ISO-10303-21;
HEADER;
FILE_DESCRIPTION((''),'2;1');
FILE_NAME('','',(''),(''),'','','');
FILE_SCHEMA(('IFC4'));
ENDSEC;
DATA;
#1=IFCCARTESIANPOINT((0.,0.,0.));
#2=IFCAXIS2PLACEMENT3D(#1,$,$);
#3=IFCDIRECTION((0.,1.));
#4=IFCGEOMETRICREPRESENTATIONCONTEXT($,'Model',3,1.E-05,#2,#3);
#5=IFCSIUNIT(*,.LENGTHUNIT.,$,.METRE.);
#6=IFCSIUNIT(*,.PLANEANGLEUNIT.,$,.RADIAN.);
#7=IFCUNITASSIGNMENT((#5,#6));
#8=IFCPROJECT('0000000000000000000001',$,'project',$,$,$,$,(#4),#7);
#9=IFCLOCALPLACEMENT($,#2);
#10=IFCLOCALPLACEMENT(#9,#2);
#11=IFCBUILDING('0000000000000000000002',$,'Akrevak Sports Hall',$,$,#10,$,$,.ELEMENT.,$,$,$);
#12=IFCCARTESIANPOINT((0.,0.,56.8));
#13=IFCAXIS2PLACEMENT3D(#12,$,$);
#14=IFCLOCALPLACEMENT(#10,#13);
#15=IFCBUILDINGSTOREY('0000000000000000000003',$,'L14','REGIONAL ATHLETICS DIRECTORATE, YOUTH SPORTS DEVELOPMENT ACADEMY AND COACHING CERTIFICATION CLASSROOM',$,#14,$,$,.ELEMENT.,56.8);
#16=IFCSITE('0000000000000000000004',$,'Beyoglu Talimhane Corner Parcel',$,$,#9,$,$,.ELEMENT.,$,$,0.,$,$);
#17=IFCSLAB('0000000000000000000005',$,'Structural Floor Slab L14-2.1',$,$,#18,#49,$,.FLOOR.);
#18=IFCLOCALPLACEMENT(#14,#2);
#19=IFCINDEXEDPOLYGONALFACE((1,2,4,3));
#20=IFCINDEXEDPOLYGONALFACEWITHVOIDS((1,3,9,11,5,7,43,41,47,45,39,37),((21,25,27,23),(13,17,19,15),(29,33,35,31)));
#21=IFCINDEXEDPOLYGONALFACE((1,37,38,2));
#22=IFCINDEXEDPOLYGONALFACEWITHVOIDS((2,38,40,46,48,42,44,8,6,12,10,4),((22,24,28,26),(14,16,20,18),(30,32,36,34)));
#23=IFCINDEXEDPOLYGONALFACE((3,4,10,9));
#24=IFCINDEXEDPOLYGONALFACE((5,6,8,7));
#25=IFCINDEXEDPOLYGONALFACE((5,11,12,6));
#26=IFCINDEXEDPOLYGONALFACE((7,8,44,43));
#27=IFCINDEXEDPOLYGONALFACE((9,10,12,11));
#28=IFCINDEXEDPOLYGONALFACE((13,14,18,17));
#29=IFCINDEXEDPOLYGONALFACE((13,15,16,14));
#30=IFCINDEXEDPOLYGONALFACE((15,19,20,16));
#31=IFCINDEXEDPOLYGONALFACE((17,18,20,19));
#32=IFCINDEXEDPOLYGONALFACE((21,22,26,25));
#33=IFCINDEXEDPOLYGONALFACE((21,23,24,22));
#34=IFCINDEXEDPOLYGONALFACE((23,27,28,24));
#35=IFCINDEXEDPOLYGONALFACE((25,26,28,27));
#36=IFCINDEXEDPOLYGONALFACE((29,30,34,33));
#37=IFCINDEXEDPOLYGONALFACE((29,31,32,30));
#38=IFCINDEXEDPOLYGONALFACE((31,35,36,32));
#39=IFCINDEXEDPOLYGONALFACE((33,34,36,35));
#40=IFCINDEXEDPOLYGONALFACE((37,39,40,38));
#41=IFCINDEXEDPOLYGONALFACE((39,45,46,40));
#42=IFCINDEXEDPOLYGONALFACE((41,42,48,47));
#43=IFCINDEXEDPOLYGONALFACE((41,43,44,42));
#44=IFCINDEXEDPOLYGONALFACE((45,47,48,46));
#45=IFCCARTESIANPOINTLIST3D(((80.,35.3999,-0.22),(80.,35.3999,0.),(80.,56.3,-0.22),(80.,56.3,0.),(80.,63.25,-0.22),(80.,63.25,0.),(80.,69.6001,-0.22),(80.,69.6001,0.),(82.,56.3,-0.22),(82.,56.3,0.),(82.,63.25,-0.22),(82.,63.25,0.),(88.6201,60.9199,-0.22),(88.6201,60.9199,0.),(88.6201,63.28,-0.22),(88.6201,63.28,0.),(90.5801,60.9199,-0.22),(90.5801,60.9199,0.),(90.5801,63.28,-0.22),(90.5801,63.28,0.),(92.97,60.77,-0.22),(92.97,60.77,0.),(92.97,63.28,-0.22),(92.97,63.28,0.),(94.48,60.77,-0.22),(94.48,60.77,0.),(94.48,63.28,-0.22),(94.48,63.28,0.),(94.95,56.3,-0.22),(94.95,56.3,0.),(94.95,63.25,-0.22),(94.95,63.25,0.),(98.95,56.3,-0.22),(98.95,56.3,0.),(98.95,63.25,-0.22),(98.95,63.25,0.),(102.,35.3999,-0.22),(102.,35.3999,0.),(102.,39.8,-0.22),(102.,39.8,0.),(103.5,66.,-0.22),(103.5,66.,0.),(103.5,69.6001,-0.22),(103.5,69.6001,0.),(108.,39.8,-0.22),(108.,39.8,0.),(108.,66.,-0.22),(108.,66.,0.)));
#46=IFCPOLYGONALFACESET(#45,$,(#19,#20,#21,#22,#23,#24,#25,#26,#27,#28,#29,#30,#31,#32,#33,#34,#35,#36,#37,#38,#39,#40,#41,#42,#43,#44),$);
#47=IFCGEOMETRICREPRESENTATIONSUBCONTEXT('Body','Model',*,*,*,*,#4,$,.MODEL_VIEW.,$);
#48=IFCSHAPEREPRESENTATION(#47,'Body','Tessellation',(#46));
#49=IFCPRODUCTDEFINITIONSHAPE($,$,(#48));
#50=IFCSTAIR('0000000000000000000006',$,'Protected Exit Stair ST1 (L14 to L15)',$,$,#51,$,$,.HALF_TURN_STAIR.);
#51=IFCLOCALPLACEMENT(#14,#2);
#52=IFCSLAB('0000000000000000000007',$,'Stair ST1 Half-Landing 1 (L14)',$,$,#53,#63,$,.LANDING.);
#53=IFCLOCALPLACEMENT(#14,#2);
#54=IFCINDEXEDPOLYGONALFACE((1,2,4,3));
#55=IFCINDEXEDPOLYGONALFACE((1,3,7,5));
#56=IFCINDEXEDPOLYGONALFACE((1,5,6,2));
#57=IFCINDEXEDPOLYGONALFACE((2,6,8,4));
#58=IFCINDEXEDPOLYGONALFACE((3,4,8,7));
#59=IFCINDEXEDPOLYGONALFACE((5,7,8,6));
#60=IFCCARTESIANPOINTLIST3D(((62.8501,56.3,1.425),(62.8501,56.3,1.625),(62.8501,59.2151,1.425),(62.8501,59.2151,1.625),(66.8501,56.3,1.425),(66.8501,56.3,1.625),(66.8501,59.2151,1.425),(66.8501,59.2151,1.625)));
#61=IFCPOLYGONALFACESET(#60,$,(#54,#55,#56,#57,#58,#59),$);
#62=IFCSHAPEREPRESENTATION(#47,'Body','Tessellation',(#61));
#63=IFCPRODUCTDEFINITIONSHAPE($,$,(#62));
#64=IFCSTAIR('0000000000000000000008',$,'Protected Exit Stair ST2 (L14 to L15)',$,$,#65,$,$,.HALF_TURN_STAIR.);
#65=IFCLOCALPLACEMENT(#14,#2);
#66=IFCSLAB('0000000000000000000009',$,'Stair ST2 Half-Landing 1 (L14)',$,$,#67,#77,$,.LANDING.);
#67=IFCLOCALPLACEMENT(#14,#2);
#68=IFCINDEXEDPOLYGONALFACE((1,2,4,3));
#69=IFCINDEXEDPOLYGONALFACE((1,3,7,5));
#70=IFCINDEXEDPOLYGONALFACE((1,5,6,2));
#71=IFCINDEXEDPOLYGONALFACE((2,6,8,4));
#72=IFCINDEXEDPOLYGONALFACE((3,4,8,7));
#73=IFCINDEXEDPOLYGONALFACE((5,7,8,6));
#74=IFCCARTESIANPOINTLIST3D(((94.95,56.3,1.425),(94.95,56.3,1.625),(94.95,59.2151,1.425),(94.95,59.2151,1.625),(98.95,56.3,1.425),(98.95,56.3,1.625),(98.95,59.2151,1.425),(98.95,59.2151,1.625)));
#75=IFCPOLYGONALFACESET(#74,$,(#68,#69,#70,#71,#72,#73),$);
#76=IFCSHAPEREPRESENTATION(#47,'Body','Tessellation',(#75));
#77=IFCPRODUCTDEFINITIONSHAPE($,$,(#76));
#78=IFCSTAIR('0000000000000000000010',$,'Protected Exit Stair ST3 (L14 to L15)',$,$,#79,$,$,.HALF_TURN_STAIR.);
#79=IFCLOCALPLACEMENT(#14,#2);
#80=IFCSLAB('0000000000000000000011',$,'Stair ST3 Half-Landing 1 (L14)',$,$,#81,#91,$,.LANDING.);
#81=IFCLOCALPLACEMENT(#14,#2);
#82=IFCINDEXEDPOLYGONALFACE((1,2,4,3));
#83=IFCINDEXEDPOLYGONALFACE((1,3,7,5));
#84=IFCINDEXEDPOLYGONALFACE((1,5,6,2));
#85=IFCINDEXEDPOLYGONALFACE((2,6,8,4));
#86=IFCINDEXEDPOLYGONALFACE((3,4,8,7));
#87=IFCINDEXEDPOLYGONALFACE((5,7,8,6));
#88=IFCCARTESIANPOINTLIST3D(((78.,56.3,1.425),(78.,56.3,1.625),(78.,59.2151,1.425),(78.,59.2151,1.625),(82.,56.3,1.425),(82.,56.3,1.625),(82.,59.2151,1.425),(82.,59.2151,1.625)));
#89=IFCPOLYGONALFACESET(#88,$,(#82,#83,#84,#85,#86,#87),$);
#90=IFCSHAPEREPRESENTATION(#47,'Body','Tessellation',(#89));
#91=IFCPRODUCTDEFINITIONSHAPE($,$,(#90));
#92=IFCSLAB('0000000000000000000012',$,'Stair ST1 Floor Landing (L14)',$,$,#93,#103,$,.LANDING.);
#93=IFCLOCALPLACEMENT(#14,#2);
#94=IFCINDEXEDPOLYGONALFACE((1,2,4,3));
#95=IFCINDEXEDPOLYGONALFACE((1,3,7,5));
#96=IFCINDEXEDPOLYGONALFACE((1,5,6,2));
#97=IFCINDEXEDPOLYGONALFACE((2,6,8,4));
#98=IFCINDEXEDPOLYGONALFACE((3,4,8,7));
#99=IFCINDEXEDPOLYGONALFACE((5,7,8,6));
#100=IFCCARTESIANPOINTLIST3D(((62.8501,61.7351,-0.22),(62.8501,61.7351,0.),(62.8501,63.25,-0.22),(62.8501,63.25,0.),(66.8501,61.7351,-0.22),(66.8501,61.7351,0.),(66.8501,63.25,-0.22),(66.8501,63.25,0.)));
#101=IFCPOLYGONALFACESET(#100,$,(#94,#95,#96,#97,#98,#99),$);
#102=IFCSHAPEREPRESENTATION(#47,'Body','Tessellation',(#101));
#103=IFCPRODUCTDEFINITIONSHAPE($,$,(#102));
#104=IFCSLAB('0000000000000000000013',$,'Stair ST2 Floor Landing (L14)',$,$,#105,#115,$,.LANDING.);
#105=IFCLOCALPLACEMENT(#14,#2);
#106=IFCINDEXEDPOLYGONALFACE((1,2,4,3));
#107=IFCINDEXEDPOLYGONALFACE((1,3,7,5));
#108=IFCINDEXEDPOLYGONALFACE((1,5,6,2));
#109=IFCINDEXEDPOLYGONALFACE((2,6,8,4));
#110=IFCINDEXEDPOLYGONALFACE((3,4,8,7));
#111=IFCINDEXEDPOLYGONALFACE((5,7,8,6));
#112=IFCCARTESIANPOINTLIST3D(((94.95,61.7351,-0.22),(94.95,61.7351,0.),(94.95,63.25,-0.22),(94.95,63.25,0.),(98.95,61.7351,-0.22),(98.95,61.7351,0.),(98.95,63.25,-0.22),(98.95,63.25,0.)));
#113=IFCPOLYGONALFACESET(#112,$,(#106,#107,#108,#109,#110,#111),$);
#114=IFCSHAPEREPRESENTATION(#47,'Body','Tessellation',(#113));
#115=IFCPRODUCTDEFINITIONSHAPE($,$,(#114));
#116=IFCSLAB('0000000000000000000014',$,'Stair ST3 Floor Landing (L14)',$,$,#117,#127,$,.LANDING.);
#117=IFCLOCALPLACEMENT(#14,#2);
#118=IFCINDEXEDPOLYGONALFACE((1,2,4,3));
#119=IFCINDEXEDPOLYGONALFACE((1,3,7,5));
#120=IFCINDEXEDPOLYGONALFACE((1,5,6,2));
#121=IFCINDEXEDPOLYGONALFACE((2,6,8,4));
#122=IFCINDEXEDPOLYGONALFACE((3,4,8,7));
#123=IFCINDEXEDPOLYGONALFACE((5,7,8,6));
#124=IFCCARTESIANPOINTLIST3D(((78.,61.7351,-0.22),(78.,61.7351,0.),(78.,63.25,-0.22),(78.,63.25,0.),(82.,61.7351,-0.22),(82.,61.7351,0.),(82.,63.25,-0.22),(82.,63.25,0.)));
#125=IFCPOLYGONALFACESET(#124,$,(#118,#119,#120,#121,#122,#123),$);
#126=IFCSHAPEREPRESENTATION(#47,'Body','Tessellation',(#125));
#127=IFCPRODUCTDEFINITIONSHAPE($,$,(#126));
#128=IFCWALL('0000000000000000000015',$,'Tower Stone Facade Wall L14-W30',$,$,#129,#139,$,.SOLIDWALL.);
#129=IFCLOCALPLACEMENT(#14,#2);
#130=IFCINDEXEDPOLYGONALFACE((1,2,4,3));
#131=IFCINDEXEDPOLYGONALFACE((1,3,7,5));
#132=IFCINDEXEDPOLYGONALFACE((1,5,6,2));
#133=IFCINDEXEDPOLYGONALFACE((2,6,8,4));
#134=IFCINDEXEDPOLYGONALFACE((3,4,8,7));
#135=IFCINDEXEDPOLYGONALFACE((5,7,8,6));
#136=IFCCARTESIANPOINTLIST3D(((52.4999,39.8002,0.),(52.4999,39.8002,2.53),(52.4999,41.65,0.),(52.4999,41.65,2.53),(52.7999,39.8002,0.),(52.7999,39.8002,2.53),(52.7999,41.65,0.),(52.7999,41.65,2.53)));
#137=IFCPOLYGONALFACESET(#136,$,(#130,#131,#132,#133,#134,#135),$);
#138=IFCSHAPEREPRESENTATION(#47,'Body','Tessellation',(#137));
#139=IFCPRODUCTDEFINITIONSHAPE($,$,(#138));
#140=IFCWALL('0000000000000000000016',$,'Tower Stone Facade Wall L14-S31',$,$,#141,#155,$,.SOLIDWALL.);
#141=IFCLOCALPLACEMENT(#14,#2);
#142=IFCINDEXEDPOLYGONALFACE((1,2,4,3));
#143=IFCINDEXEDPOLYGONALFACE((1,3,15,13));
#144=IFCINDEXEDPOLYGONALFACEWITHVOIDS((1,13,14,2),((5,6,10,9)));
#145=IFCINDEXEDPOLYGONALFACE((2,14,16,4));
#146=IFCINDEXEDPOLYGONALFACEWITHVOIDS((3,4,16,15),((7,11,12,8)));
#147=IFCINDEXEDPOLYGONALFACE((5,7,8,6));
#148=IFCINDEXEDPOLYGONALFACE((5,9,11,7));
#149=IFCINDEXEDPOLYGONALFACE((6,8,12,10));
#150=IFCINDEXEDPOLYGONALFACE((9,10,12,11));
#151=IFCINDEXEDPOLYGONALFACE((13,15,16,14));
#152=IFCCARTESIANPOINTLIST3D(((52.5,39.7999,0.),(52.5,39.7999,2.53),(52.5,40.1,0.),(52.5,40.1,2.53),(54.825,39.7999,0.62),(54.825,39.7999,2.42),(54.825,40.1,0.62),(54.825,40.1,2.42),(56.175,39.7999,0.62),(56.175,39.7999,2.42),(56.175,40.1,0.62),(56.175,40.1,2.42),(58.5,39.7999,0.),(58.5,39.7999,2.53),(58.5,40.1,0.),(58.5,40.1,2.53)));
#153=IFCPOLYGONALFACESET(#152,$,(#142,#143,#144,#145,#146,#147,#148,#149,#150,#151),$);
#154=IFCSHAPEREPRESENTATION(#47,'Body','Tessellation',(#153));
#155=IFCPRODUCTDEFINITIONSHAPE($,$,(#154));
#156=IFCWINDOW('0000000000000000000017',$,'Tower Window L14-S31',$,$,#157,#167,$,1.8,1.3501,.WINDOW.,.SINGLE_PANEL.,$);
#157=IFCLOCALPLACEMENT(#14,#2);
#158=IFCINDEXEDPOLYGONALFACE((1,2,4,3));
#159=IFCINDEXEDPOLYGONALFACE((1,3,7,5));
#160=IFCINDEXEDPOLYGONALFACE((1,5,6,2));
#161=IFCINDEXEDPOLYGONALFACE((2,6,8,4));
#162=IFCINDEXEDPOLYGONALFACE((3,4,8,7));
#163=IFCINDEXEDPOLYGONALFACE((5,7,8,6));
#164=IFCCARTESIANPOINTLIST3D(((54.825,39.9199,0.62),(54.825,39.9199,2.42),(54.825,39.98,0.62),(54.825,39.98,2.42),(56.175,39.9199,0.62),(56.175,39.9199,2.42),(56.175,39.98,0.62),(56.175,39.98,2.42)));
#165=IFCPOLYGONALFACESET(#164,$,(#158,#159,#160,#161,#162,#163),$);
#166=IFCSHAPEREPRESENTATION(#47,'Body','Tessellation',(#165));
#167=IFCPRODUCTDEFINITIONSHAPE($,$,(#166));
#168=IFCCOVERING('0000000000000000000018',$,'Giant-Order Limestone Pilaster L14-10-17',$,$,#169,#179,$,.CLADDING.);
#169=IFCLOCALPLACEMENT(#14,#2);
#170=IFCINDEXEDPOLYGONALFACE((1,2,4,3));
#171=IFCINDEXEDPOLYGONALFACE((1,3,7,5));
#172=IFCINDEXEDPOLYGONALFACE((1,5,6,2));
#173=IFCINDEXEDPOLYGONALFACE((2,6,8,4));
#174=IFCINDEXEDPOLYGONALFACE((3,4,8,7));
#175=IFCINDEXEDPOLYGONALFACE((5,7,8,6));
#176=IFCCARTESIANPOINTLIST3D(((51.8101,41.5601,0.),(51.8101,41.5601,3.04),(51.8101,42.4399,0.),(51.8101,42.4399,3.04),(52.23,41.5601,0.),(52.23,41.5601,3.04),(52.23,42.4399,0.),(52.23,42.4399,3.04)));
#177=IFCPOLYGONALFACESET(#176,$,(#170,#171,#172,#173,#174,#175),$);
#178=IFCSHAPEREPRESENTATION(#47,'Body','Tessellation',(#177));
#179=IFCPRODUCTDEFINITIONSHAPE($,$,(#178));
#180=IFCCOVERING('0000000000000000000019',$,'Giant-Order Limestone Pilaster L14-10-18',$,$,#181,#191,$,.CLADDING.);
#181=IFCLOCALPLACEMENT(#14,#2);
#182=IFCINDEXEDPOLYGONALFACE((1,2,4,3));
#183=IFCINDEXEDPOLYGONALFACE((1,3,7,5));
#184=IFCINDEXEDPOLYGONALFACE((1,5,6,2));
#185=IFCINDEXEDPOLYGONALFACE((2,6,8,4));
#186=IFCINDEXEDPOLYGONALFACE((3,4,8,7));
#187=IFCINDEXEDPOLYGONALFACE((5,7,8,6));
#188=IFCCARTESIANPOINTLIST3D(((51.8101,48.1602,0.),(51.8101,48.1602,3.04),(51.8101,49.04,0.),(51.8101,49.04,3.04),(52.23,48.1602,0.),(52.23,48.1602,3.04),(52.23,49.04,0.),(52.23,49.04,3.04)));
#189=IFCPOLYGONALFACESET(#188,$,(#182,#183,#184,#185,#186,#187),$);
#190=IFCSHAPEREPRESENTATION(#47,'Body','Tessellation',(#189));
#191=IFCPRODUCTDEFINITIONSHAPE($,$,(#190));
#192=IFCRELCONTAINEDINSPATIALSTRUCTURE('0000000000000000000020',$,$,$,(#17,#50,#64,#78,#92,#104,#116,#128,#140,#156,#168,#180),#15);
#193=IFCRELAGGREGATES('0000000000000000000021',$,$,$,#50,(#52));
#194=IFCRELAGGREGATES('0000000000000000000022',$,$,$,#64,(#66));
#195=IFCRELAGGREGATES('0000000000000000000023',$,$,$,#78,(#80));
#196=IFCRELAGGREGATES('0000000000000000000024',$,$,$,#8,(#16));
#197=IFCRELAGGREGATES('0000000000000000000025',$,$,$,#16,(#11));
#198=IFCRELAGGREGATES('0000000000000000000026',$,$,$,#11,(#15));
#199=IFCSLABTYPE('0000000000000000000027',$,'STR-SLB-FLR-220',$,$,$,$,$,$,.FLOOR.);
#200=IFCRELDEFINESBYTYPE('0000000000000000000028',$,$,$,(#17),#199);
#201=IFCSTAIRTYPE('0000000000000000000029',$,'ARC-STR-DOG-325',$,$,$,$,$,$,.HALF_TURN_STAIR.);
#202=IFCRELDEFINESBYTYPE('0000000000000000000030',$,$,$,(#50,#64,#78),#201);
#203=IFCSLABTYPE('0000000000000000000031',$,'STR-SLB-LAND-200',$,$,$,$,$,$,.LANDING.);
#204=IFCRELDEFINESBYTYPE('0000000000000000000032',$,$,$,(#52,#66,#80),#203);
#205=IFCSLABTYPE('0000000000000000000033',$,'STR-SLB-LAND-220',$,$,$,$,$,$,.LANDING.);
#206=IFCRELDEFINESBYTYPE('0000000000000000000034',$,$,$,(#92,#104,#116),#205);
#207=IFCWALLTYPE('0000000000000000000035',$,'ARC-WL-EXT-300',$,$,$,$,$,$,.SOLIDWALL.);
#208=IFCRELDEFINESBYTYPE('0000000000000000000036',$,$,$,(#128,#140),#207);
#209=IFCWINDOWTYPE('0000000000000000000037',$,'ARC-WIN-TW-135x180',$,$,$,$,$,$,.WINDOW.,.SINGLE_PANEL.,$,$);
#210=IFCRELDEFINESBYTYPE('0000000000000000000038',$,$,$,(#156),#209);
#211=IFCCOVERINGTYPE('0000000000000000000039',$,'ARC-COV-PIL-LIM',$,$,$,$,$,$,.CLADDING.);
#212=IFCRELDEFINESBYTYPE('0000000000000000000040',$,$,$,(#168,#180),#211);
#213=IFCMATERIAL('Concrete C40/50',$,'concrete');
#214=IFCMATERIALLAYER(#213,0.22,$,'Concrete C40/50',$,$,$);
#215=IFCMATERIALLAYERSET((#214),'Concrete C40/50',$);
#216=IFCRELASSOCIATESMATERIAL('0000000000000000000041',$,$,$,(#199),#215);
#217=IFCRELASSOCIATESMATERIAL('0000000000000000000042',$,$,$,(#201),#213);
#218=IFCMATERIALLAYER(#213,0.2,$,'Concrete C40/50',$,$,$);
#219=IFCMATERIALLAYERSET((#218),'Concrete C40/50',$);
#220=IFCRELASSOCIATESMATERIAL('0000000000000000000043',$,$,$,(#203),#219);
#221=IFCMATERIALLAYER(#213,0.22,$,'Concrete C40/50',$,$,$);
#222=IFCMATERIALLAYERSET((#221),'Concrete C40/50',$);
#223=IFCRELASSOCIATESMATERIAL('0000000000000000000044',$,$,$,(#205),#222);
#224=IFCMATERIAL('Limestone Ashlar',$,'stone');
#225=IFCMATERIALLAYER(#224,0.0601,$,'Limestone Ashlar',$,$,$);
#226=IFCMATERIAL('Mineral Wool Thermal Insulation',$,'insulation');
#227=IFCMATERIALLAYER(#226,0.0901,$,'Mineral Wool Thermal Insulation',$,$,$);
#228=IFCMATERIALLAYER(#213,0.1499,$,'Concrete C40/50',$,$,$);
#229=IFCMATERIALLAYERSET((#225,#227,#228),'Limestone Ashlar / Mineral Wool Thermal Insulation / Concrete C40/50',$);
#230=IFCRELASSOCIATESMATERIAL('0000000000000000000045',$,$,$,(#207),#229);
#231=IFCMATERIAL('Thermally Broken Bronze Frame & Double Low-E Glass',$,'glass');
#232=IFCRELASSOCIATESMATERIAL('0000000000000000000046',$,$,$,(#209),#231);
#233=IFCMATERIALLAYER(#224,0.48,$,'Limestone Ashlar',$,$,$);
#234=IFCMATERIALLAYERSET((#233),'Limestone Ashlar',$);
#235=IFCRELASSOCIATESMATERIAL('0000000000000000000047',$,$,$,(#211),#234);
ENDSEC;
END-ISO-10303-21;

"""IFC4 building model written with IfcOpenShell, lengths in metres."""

from ifc_helpers import new_model, si_unit, direction, frame, frame_2d, origin, origin_2d, place, context, subcontext, project, spatial, polyline, rectangle, outline, extrude, material, layer, layer_set, type_object, element, fill, aggregate, save


model = new_model("IFC4")

# Units and contexts
model_context = context("Model", 3, precision=1e-05, world=origin(), true_north=direction((0.0, 1.0)))
body_context = subcontext(model_context, "Body", "Model", "MODEL_VIEW")
ifc_project = project(units=[si_unit("LENGTHUNIT", "METRE"), si_unit("PLANEANGLEUNIT", "RADIAN")], contexts=[model_context])

# Site, building, storey
site_placement = place(None, origin())
site = spatial("IfcSite", under=ifc_project, at=site_placement, Name="Beyoglu Talimhane Corner Parcel", CompositionType="ELEMENT", RefElevation=0.0)
building_placement = place(site_placement, origin())
building = spatial("IfcBuilding", under=site, at=building_placement, Name="Akrevak Sports Hall", CompositionType="ELEMENT")
storey_placement = place(building_placement, frame((0.0, 0.0, 56.8)))
storey = spatial("IfcBuildingStorey", under=building, at=storey_placement, Name="L14", Description="REGIONAL ATHLETICS DIRECTORATE, YOUTH SPORTS DEVELOPMENT ACADEMY AND COACHING CERTIFICATION CLASSROOM", CompositionType="ELEMENT", Elevation=56.8)

# Shared definitions
ifc_material_1 = material(Name="Concrete C40/50", Category="concrete")

# Slab
ifc_layer_1 = layer(ifc_material_1, 0.22, Name="Concrete C40/50")
ifc_layer_set_1 = layer_set([ifc_layer_1], Name="Concrete C40/50")
slab_type_1 = type_object("IfcSlabType", Name="STR-SLB-FLR-220", PredefinedType="FLOOR", material=ifc_layer_set_1)
slab_1_placement = place(storey_placement, frame((0.0, 0.0, -0.22)))
element("IfcSlab", 1, at=slab_1_placement, inside=storey, type_object=slab_type_1, Name="Structural Floor Slab L14-2.1", PredefinedType="FLOOR", context=body_context, shape_type="SweptSolid", body=[
    extrude(outline(polyline([(80.0, 69.6001), (80.0, 63.25), (82.0, 63.25), (82.0, 56.3), (80.0, 56.3), (80.0, 35.3999), (102.0, 35.3999), (102.0, 39.8), (108.0, 39.8), (108.0, 66.0), (103.5, 66.0), (103.5, 69.6001), (80.0, 69.6001)]), holes=[polyline([(94.95, 63.25), (98.95, 63.25), (98.95, 56.3), (94.95, 56.3), (94.95, 63.25)]), polyline([(92.97, 63.28), (94.48, 63.28), (94.48, 60.77), (92.97, 60.77), (92.97, 63.28)]), polyline([(88.6201, 63.28), (90.5801, 63.28), (90.5801, 60.9199), (88.6201, 60.9199), (88.6201, 63.28)])]), origin(), (0.0, 0.0, 1.0), 0.22),
])

# Stairs, slabs
stair_type = type_object("IfcStairType", Name="ARC-STR-DOG-325", PredefinedType="HALF_TURN_STAIR", material=ifc_material_1)
stair_1_placement = place(storey_placement, origin())
stair_1 = element("IfcStair", 2, at=stair_1_placement, inside=storey, type_object=stair_type, Name="Protected Exit Stair ST1 (L14 to L15)", PredefinedType="HALF_TURN_STAIR")
ifc_layer_2 = layer(ifc_material_1, 0.2, Name="Concrete C40/50")
ifc_layer_set_2 = layer_set([ifc_layer_2], Name="Concrete C40/50")
slab_type_2 = type_object("IfcSlabType", Name="STR-SLB-LAND-200", PredefinedType="LANDING", material=ifc_layer_set_2)
slab_2_placement = place(storey_placement, frame((0.0, 0.0, 1.425)))
slab_2 = element("IfcSlab", 3, at=slab_2_placement, type_object=slab_type_2, Name="Stair ST1 Half-Landing 1 (L14)", PredefinedType="LANDING", context=body_context, shape_type="SweptSolid", body=[
    extrude(outline(polyline([(62.8501, 56.3), (66.8501, 56.3), (66.8501, 59.2151), (62.8501, 59.2151), (62.8501, 56.3)])), origin(), (0.0, 0.0, 1.0), 0.2),
])
aggregate(stair_1, [slab_2])
stair_2_placement = place(storey_placement, origin())
stair_2 = element("IfcStair", 4, at=stair_2_placement, inside=storey, type_object=stair_type, Name="Protected Exit Stair ST2 (L14 to L15)", PredefinedType="HALF_TURN_STAIR")
slab_3_placement = place(storey_placement, frame((0.0, 0.0, 1.425)))
slab_3 = element("IfcSlab", 5, at=slab_3_placement, type_object=slab_type_2, Name="Stair ST2 Half-Landing 1 (L14)", PredefinedType="LANDING", context=body_context, shape_type="SweptSolid", body=[
    extrude(outline(polyline([(94.95, 56.3), (98.95, 56.3), (98.95, 59.2151), (94.95, 59.2151), (94.95, 56.3)])), origin(), (0.0, 0.0, 1.0), 0.2),
])
aggregate(stair_2, [slab_3])
stair_3_placement = place(storey_placement, origin())
stair_3 = element("IfcStair", 6, at=stair_3_placement, inside=storey, type_object=stair_type, Name="Protected Exit Stair ST3 (L14 to L15)", PredefinedType="HALF_TURN_STAIR")
slab_4_placement = place(storey_placement, frame((0.0, 0.0, 1.425)))
slab_4 = element("IfcSlab", 7, at=slab_4_placement, type_object=slab_type_2, Name="Stair ST3 Half-Landing 1 (L14)", PredefinedType="LANDING", context=body_context, shape_type="SweptSolid", body=[
    extrude(outline(polyline([(78.0, 56.3), (82.0, 56.3), (82.0, 59.2151), (78.0, 59.2151), (78.0, 56.3)])), origin(), (0.0, 0.0, 1.0), 0.2),
])
aggregate(stair_3, [slab_4])

# Slabs
ifc_layer_3 = layer(ifc_material_1, 0.22, Name="Concrete C40/50")
ifc_layer_set_3 = layer_set([ifc_layer_3], Name="Concrete C40/50")
slab_type_3 = type_object("IfcSlabType", Name="STR-SLB-LAND-220", PredefinedType="LANDING", material=ifc_layer_set_3)
slab_5_placement = place(storey_placement, frame((0.0, 0.0, -0.22)))
element("IfcSlab", 8, at=slab_5_placement, inside=storey, type_object=slab_type_3, Name="Stair ST1 Floor Landing (L14)", PredefinedType="LANDING", context=body_context, shape_type="SweptSolid", body=[
    extrude(outline(polyline([(62.8501, 61.7351), (66.8501, 61.7351), (66.8501, 63.25), (62.8501, 63.25), (62.8501, 61.7351)])), origin(), (0.0, 0.0, 1.0), 0.22),
])
slab_6_placement = place(storey_placement, frame((0.0, 0.0, -0.22)))
element("IfcSlab", 9, at=slab_6_placement, inside=storey, type_object=slab_type_3, Name="Stair ST2 Floor Landing (L14)", PredefinedType="LANDING", context=body_context, shape_type="SweptSolid", body=[
    extrude(outline(polyline([(94.95, 61.7351), (98.95, 61.7351), (98.95, 63.25), (94.95, 63.25), (94.95, 61.7351)])), origin(), (0.0, 0.0, 1.0), 0.22),
])
slab_7_placement = place(storey_placement, frame((0.0, 0.0, -0.22)))
element("IfcSlab", 10, at=slab_7_placement, inside=storey, type_object=slab_type_3, Name="Stair ST3 Floor Landing (L14)", PredefinedType="LANDING", context=body_context, shape_type="SweptSolid", body=[
    extrude(outline(polyline([(78.0, 61.7351), (82.0, 61.7351), (82.0, 63.25), (78.0, 63.25), (78.0, 61.7351)])), origin(), (0.0, 0.0, 1.0), 0.22),
])

# Wall
ifc_material_2 = material(Name="Limestone Ashlar", Category="stone")
ifc_layer_4 = layer(ifc_material_2, 0.0601, Name="Limestone Ashlar")
ifc_material_3 = material(Name="Mineral Wool Thermal Insulation", Category="insulation")
ifc_layer_5 = layer(ifc_material_3, 0.0901, Name="Mineral Wool Thermal Insulation")
ifc_layer_6 = layer(ifc_material_1, 0.1499, Name="Concrete C40/50")
ifc_layer_set_4 = layer_set([ifc_layer_4, ifc_layer_5, ifc_layer_6], Name="Limestone Ashlar / Mineral Wool Thermal Insulation / Concrete C40/50")
wall_type = type_object("IfcWallType", Name="ARC-WL-EXT-300", PredefinedType="SOLIDWALL", material=ifc_layer_set_4)
wall_1_placement = place(storey_placement, frame((52.6499, 41.6499, 0.0), z_axis=(0.0, 0.0, 1.0), x_axis=(0.0, -1.0, 0.0)))
element("IfcWall", 11, at=wall_1_placement, inside=storey, type_object=wall_type, Name="Tower Stone Facade Wall L14-W30", PredefinedType="SOLIDWALL", context=body_context, shape_type="SweptSolid", body=[
    extrude(rectangle(XDim=1.8499, YDim=0.3, at=frame_2d((0.9248, 0.0))), origin(), (0.0, 0.0, 1.0), 2.53),
])

# Wall, opening, window
wall_2_placement = place(storey_placement, frame((52.5, 39.95, 0.0), z_axis=(0.0, 0.0, 1.0), x_axis=(1.0, 0.0, 0.0)))
wall_2 = element("IfcWall", 12, at=wall_2_placement, inside=storey, type_object=wall_type, Name="Tower Stone Facade Wall L14-S31", PredefinedType="SOLIDWALL", context=body_context, shape_type="SweptSolid", body=[
    extrude(rectangle(XDim=6.0, YDim=0.3, at=frame_2d((3.0, 0.0))), origin(), (0.0, 0.0, 1.0), 2.53),
])
opening_placement = place(wall_2_placement, frame((2.325, 0.0, 0.6201)))
opening = element("IfcOpeningElement", 13, at=opening_placement, cuts=wall_2, PredefinedType="OPENING", context=body_context, shape_type="SweptSolid", body=[
    extrude(rectangle(XDim=1.3501, YDim=1.8, at=frame_2d((0.675, 0.8999))), frame((0.0, 0.1621, 0.0), z_axis=(0.0, -1.0, 0.0), x_axis=(1.0, 0.0, 0.0)), (0.0, 0.0, 1.0), 0.324),
])
ifc_material_4 = material(Name="Thermally Broken Bronze Frame & Double Low-E Glass", Category="glass")
window_type = type_object("IfcWindowType", Name="ARC-WIN-TW-135x180", PartitioningType="SINGLE_PANEL", PredefinedType="WINDOW", material=ifc_material_4)
window_placement = place(opening_placement, origin())
window = element("IfcWindow", 14, at=window_placement, inside=storey, type_object=window_type, Name="Tower Window L14-S31", OverallHeight=1.8, OverallWidth=1.3501, PartitioningType="SINGLE_PANEL", PredefinedType="WINDOW", context=body_context, shape_type="SweptSolid", body=[
    extrude(rectangle(XDim=1.3501, YDim=1.8, at=frame_2d((0.675, 0.8999))), frame((0.0, 0.03, 0.0), z_axis=(0.0, -1.0, 0.0), x_axis=(1.0, 0.0, 0.0)), (0.0, 0.0, 1.0), 0.0601),
])
fill(opening, window)

# Coverings
ifc_layer_7 = layer(ifc_material_2, 0.48, Name="Limestone Ashlar")
ifc_layer_set_5 = layer_set([ifc_layer_7], Name="Limestone Ashlar")
covering_type = type_object("IfcCoveringType", Name="ARC-COV-PIL-LIM", PredefinedType="CLADDING", material=ifc_layer_set_5)
for number, where, z_axis, x_axis, name in (
    (15, (52.02, 42.0, 0.0), (0.0, 0.0, 1.0), (0.0, -1.0, 0.0), "Giant-Order Limestone Pilaster L14-10-17"),
    (16, (52.02, 48.6001, 0.0), (0.0, 0.0, 1.0), (0.0, -1.0, 0.0), "Giant-Order Limestone Pilaster L14-10-18"),
):
    element("IfcCovering", number, at=place(storey_placement, frame(where, z_axis=z_axis, x_axis=x_axis)), inside=storey, type_object=covering_type, Name=name, PredefinedType="CLADDING", context=body_context, shape_type="SweptSolid", body=[
        extrude(rectangle(XDim=0.8799, YDim=0.4199, at=origin_2d()), origin(), (0.0, 0.0, 1.0), 3.04),
    ])

save(model, "model.ifc")
